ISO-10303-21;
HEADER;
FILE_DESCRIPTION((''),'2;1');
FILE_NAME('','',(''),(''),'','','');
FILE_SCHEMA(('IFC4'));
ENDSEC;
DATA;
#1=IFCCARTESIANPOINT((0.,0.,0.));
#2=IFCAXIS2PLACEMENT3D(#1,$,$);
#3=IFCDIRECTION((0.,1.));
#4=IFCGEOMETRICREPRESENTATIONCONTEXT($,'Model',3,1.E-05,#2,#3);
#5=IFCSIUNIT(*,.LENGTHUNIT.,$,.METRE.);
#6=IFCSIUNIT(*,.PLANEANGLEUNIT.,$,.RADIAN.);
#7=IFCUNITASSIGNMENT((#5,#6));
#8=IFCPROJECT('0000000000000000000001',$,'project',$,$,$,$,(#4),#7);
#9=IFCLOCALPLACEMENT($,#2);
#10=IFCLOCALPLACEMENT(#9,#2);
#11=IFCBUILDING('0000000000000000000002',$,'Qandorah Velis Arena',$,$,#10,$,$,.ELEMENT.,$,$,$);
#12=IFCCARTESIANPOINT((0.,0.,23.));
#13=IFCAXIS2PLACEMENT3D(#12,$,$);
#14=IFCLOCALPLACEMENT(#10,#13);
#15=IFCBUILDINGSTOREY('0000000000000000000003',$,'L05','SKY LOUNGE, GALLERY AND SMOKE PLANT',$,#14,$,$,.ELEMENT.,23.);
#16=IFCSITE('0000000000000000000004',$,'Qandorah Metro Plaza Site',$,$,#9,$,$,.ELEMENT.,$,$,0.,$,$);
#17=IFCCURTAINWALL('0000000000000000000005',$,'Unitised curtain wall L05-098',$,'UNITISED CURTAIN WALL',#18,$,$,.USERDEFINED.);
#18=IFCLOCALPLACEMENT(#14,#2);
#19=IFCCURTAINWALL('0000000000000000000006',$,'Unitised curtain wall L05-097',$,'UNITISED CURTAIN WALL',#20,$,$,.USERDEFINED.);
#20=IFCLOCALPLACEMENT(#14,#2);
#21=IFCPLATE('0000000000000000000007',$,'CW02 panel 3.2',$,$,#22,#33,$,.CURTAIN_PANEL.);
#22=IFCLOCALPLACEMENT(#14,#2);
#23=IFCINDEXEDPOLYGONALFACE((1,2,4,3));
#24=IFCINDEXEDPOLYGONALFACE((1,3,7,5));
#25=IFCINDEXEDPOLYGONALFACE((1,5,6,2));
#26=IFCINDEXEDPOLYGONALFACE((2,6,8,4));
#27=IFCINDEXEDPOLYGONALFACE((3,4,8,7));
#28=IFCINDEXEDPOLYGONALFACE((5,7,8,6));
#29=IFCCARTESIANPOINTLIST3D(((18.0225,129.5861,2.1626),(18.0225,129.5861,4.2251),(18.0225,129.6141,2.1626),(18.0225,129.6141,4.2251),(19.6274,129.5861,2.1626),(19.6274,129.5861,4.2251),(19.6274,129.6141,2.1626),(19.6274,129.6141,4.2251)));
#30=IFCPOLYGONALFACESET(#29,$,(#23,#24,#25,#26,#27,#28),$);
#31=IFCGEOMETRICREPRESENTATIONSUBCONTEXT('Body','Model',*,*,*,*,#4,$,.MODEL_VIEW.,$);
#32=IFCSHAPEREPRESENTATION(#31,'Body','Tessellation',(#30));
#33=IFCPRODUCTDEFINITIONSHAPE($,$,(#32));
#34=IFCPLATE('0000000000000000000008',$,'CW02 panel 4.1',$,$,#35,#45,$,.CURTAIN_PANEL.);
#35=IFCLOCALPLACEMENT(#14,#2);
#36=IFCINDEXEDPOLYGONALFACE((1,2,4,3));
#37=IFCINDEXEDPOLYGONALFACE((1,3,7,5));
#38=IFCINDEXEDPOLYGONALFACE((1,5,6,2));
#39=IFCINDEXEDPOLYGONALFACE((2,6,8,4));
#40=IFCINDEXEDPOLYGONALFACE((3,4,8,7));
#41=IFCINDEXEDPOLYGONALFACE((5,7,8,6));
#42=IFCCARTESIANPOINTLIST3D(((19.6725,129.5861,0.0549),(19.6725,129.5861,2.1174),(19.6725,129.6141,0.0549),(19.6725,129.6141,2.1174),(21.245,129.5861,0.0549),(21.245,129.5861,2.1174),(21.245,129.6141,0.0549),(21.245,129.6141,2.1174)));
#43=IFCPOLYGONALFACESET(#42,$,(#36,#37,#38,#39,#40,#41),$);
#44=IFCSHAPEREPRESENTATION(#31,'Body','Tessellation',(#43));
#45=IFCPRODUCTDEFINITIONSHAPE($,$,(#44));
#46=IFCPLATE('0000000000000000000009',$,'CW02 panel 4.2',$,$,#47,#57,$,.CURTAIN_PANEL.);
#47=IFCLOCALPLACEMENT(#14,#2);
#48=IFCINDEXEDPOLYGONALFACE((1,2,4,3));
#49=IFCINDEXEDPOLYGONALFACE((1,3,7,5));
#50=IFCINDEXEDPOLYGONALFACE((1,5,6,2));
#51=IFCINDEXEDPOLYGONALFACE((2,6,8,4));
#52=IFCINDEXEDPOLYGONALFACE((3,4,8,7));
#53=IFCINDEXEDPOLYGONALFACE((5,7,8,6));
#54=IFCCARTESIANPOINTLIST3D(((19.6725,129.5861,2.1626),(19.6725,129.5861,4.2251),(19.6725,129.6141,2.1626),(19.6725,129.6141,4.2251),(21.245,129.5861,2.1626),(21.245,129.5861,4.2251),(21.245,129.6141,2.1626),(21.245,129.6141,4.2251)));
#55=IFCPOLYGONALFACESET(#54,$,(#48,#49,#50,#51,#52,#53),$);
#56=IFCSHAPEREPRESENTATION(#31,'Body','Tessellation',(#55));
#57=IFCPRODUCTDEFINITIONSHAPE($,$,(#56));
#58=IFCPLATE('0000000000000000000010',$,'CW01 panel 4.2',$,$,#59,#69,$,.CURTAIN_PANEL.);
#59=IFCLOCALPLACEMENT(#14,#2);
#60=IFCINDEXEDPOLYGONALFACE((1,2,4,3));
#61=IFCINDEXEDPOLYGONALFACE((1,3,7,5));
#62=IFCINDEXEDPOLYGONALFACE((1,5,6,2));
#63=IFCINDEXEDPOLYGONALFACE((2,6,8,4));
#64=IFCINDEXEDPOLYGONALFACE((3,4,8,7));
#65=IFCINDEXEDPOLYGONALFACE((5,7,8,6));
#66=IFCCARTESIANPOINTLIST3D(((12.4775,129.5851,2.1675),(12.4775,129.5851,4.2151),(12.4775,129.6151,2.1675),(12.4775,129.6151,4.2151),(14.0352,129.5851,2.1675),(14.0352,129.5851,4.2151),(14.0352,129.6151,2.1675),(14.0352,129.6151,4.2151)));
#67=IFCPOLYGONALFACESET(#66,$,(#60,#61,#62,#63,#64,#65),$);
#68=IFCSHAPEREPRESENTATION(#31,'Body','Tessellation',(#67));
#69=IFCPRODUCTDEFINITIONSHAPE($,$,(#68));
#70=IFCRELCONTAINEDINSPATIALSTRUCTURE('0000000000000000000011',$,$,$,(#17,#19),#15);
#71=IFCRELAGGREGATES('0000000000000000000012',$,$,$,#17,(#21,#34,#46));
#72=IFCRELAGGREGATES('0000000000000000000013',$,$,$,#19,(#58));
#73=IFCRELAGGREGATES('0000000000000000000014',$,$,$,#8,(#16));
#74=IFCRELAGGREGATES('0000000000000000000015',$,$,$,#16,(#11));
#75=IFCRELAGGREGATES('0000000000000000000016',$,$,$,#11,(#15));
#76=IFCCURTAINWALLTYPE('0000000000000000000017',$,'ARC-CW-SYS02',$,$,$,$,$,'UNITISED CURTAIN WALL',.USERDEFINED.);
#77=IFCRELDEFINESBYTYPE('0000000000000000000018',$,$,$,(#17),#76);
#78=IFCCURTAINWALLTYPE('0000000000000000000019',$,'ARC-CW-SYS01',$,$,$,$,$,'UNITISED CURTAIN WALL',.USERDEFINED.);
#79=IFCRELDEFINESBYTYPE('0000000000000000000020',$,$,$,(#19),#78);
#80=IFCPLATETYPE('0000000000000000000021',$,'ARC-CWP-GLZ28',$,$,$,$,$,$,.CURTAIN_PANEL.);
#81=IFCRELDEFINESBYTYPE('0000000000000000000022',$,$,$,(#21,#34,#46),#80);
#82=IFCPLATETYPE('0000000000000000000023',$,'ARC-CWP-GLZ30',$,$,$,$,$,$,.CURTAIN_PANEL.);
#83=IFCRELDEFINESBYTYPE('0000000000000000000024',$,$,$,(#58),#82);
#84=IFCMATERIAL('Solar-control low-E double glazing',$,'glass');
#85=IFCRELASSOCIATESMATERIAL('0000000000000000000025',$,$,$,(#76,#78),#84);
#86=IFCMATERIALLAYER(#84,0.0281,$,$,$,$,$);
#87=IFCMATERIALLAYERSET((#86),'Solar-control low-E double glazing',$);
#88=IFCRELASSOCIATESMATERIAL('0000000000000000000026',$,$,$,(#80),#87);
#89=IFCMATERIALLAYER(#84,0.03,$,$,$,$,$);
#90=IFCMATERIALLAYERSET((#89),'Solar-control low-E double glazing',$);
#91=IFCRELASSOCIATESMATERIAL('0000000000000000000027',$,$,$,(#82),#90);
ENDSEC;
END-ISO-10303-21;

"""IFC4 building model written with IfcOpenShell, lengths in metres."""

from ifc_helpers import new_model, si_unit, direction, frame, origin, origin_2d, place, context, subcontext, project, spatial, rectangle, extrude, material, layer, layer_set, type_object, element, aggregate, save


model = new_model("IFC4")

# Units and contexts
model_context = context("Model", 3, precision=1e-05, world=origin(), true_north=direction((0.0, 1.0)))
body_context = subcontext(model_context, "Body", "Model", "MODEL_VIEW")
ifc_project = project(units=[si_unit("LENGTHUNIT", "METRE"), si_unit("PLANEANGLEUNIT", "RADIAN")], contexts=[model_context])

# Site, building, storey
site_placement = place(None, origin())
site = spatial("IfcSite", under=ifc_project, at=site_placement, Name="Qandorah Metro Plaza Site", CompositionType="ELEMENT", RefElevation=0.0)
building_placement = place(site_placement, origin())
building = spatial("IfcBuilding", under=site, at=building_placement, Name="Qandorah Velis Arena", CompositionType="ELEMENT")
storey_placement = place(building_placement, frame((0.0, 0.0, 23.0)))
storey = spatial("IfcBuildingStorey", under=building, at=storey_placement, Name="L05", Description="SKY LOUNGE, GALLERY AND SMOKE PLANT", CompositionType="ELEMENT", Elevation=23.0)

# Curtain wall
ifc_material_1 = material(Name="Solar-control low-E double glazing", Category="glass")
curtain_wall_type_1 = type_object("IfcCurtainWallType", Name="ARC-CW-SYS02", ElementType="UNITISED CURTAIN WALL", PredefinedType="USERDEFINED", material=ifc_material_1)
curtain_wall_1_placement = place(storey_placement, origin())
curtain_wall_1 = element("IfcCurtainWall", 1, at=curtain_wall_1_placement, inside=storey, type_object=curtain_wall_type_1, Name="Unitised curtain wall L05-098", ObjectType="UNITISED CURTAIN WALL", PredefinedType="USERDEFINED")

# Curtain wall
curtain_wall_type_2 = type_object("IfcCurtainWallType", Name="ARC-CW-SYS01", ElementType="UNITISED CURTAIN WALL", PredefinedType="USERDEFINED", material=ifc_material_1)
curtain_wall_2_placement = place(storey_placement, origin())
curtain_wall_2 = element("IfcCurtainWall", 2, at=curtain_wall_2_placement, inside=storey, type_object=curtain_wall_type_2, Name="Unitised curtain wall L05-097", ObjectType="UNITISED CURTAIN WALL", PredefinedType="USERDEFINED")

# Plates
ifc_layer_1 = layer(ifc_material_1, 0.0281)
ifc_layer_set_1 = layer_set([ifc_layer_1], Name="Solar-control low-E double glazing")
plate_type_1 = type_object("IfcPlateType", Name="ARC-CWP-GLZ28", PredefinedType="CURTAIN_PANEL", material=ifc_layer_set_1)
plate_1_placement = place(storey_placement, frame((18.825, 129.6001, 2.1626), z_axis=(0.0, 0.0, 1.0), x_axis=(1.0, 0.0, 0.0)))
plate_1 = element("IfcPlate", 3, at=plate_1_placement, type_object=plate_type_1, Name="CW02 panel 3.2", PredefinedType="CURTAIN_PANEL", context=body_context, shape_type="SweptSolid", body=[
    extrude(rectangle(XDim=1.605, YDim=0.0281, at=origin_2d()), origin(), (0.0, 0.0, 1.0), 2.0625),
])
plate_2_placement = place(storey_placement, frame((20.4587, 129.6001, 0.0549), z_axis=(0.0, 0.0, 1.0), x_axis=(1.0, 0.0, 0.0)))
plate_2 = element("IfcPlate", 4, at=plate_2_placement, type_object=plate_type_1, Name="CW02 panel 4.1", PredefinedType="CURTAIN_PANEL", context=body_context, shape_type="SweptSolid", body=[
    extrude(rectangle(XDim=1.5725, YDim=0.0281, at=origin_2d()), origin(), (0.0, 0.0, 1.0), 2.0625),
])
plate_3_placement = place(storey_placement, frame((20.4587, 129.6001, 2.1626), z_axis=(0.0, 0.0, 1.0), x_axis=(1.0, 0.0, 0.0)))
plate_3 = element("IfcPlate", 5, at=plate_3_placement, type_object=plate_type_1, Name="CW02 panel 4.2", PredefinedType="CURTAIN_PANEL", context=body_context, shape_type="SweptSolid", body=[
    extrude(rectangle(XDim=1.5725, YDim=0.0281, at=origin_2d()), origin(), (0.0, 0.0, 1.0), 2.0625),
])
aggregate(curtain_wall_1, [plate_1, plate_2, plate_3])
ifc_layer_2 = layer(ifc_material_1, 0.03)
ifc_layer_set_2 = layer_set([ifc_layer_2], Name="Solar-control low-E double glazing")
plate_type_2 = type_object("IfcPlateType", Name="ARC-CWP-GLZ30", PredefinedType="CURTAIN_PANEL", material=ifc_layer_set_2)
plate_4_placement = place(storey_placement, frame((13.2563, 129.6001, 2.1675), z_axis=(0.0, 0.0, 1.0), x_axis=(1.0, 0.0, 0.0)))
plate_4 = element("IfcPlate", 6, at=plate_4_placement, type_object=plate_type_2, Name="CW01 panel 4.2", PredefinedType="CURTAIN_PANEL", context=body_context, shape_type="SweptSolid", body=[
    extrude(rectangle(XDim=1.5576, YDim=0.03, at=origin_2d()), origin(), (0.0, 0.0, 1.0), 2.0476),
])
aggregate(curtain_wall_2, [plate_4])

save(model, "model.ifc")
